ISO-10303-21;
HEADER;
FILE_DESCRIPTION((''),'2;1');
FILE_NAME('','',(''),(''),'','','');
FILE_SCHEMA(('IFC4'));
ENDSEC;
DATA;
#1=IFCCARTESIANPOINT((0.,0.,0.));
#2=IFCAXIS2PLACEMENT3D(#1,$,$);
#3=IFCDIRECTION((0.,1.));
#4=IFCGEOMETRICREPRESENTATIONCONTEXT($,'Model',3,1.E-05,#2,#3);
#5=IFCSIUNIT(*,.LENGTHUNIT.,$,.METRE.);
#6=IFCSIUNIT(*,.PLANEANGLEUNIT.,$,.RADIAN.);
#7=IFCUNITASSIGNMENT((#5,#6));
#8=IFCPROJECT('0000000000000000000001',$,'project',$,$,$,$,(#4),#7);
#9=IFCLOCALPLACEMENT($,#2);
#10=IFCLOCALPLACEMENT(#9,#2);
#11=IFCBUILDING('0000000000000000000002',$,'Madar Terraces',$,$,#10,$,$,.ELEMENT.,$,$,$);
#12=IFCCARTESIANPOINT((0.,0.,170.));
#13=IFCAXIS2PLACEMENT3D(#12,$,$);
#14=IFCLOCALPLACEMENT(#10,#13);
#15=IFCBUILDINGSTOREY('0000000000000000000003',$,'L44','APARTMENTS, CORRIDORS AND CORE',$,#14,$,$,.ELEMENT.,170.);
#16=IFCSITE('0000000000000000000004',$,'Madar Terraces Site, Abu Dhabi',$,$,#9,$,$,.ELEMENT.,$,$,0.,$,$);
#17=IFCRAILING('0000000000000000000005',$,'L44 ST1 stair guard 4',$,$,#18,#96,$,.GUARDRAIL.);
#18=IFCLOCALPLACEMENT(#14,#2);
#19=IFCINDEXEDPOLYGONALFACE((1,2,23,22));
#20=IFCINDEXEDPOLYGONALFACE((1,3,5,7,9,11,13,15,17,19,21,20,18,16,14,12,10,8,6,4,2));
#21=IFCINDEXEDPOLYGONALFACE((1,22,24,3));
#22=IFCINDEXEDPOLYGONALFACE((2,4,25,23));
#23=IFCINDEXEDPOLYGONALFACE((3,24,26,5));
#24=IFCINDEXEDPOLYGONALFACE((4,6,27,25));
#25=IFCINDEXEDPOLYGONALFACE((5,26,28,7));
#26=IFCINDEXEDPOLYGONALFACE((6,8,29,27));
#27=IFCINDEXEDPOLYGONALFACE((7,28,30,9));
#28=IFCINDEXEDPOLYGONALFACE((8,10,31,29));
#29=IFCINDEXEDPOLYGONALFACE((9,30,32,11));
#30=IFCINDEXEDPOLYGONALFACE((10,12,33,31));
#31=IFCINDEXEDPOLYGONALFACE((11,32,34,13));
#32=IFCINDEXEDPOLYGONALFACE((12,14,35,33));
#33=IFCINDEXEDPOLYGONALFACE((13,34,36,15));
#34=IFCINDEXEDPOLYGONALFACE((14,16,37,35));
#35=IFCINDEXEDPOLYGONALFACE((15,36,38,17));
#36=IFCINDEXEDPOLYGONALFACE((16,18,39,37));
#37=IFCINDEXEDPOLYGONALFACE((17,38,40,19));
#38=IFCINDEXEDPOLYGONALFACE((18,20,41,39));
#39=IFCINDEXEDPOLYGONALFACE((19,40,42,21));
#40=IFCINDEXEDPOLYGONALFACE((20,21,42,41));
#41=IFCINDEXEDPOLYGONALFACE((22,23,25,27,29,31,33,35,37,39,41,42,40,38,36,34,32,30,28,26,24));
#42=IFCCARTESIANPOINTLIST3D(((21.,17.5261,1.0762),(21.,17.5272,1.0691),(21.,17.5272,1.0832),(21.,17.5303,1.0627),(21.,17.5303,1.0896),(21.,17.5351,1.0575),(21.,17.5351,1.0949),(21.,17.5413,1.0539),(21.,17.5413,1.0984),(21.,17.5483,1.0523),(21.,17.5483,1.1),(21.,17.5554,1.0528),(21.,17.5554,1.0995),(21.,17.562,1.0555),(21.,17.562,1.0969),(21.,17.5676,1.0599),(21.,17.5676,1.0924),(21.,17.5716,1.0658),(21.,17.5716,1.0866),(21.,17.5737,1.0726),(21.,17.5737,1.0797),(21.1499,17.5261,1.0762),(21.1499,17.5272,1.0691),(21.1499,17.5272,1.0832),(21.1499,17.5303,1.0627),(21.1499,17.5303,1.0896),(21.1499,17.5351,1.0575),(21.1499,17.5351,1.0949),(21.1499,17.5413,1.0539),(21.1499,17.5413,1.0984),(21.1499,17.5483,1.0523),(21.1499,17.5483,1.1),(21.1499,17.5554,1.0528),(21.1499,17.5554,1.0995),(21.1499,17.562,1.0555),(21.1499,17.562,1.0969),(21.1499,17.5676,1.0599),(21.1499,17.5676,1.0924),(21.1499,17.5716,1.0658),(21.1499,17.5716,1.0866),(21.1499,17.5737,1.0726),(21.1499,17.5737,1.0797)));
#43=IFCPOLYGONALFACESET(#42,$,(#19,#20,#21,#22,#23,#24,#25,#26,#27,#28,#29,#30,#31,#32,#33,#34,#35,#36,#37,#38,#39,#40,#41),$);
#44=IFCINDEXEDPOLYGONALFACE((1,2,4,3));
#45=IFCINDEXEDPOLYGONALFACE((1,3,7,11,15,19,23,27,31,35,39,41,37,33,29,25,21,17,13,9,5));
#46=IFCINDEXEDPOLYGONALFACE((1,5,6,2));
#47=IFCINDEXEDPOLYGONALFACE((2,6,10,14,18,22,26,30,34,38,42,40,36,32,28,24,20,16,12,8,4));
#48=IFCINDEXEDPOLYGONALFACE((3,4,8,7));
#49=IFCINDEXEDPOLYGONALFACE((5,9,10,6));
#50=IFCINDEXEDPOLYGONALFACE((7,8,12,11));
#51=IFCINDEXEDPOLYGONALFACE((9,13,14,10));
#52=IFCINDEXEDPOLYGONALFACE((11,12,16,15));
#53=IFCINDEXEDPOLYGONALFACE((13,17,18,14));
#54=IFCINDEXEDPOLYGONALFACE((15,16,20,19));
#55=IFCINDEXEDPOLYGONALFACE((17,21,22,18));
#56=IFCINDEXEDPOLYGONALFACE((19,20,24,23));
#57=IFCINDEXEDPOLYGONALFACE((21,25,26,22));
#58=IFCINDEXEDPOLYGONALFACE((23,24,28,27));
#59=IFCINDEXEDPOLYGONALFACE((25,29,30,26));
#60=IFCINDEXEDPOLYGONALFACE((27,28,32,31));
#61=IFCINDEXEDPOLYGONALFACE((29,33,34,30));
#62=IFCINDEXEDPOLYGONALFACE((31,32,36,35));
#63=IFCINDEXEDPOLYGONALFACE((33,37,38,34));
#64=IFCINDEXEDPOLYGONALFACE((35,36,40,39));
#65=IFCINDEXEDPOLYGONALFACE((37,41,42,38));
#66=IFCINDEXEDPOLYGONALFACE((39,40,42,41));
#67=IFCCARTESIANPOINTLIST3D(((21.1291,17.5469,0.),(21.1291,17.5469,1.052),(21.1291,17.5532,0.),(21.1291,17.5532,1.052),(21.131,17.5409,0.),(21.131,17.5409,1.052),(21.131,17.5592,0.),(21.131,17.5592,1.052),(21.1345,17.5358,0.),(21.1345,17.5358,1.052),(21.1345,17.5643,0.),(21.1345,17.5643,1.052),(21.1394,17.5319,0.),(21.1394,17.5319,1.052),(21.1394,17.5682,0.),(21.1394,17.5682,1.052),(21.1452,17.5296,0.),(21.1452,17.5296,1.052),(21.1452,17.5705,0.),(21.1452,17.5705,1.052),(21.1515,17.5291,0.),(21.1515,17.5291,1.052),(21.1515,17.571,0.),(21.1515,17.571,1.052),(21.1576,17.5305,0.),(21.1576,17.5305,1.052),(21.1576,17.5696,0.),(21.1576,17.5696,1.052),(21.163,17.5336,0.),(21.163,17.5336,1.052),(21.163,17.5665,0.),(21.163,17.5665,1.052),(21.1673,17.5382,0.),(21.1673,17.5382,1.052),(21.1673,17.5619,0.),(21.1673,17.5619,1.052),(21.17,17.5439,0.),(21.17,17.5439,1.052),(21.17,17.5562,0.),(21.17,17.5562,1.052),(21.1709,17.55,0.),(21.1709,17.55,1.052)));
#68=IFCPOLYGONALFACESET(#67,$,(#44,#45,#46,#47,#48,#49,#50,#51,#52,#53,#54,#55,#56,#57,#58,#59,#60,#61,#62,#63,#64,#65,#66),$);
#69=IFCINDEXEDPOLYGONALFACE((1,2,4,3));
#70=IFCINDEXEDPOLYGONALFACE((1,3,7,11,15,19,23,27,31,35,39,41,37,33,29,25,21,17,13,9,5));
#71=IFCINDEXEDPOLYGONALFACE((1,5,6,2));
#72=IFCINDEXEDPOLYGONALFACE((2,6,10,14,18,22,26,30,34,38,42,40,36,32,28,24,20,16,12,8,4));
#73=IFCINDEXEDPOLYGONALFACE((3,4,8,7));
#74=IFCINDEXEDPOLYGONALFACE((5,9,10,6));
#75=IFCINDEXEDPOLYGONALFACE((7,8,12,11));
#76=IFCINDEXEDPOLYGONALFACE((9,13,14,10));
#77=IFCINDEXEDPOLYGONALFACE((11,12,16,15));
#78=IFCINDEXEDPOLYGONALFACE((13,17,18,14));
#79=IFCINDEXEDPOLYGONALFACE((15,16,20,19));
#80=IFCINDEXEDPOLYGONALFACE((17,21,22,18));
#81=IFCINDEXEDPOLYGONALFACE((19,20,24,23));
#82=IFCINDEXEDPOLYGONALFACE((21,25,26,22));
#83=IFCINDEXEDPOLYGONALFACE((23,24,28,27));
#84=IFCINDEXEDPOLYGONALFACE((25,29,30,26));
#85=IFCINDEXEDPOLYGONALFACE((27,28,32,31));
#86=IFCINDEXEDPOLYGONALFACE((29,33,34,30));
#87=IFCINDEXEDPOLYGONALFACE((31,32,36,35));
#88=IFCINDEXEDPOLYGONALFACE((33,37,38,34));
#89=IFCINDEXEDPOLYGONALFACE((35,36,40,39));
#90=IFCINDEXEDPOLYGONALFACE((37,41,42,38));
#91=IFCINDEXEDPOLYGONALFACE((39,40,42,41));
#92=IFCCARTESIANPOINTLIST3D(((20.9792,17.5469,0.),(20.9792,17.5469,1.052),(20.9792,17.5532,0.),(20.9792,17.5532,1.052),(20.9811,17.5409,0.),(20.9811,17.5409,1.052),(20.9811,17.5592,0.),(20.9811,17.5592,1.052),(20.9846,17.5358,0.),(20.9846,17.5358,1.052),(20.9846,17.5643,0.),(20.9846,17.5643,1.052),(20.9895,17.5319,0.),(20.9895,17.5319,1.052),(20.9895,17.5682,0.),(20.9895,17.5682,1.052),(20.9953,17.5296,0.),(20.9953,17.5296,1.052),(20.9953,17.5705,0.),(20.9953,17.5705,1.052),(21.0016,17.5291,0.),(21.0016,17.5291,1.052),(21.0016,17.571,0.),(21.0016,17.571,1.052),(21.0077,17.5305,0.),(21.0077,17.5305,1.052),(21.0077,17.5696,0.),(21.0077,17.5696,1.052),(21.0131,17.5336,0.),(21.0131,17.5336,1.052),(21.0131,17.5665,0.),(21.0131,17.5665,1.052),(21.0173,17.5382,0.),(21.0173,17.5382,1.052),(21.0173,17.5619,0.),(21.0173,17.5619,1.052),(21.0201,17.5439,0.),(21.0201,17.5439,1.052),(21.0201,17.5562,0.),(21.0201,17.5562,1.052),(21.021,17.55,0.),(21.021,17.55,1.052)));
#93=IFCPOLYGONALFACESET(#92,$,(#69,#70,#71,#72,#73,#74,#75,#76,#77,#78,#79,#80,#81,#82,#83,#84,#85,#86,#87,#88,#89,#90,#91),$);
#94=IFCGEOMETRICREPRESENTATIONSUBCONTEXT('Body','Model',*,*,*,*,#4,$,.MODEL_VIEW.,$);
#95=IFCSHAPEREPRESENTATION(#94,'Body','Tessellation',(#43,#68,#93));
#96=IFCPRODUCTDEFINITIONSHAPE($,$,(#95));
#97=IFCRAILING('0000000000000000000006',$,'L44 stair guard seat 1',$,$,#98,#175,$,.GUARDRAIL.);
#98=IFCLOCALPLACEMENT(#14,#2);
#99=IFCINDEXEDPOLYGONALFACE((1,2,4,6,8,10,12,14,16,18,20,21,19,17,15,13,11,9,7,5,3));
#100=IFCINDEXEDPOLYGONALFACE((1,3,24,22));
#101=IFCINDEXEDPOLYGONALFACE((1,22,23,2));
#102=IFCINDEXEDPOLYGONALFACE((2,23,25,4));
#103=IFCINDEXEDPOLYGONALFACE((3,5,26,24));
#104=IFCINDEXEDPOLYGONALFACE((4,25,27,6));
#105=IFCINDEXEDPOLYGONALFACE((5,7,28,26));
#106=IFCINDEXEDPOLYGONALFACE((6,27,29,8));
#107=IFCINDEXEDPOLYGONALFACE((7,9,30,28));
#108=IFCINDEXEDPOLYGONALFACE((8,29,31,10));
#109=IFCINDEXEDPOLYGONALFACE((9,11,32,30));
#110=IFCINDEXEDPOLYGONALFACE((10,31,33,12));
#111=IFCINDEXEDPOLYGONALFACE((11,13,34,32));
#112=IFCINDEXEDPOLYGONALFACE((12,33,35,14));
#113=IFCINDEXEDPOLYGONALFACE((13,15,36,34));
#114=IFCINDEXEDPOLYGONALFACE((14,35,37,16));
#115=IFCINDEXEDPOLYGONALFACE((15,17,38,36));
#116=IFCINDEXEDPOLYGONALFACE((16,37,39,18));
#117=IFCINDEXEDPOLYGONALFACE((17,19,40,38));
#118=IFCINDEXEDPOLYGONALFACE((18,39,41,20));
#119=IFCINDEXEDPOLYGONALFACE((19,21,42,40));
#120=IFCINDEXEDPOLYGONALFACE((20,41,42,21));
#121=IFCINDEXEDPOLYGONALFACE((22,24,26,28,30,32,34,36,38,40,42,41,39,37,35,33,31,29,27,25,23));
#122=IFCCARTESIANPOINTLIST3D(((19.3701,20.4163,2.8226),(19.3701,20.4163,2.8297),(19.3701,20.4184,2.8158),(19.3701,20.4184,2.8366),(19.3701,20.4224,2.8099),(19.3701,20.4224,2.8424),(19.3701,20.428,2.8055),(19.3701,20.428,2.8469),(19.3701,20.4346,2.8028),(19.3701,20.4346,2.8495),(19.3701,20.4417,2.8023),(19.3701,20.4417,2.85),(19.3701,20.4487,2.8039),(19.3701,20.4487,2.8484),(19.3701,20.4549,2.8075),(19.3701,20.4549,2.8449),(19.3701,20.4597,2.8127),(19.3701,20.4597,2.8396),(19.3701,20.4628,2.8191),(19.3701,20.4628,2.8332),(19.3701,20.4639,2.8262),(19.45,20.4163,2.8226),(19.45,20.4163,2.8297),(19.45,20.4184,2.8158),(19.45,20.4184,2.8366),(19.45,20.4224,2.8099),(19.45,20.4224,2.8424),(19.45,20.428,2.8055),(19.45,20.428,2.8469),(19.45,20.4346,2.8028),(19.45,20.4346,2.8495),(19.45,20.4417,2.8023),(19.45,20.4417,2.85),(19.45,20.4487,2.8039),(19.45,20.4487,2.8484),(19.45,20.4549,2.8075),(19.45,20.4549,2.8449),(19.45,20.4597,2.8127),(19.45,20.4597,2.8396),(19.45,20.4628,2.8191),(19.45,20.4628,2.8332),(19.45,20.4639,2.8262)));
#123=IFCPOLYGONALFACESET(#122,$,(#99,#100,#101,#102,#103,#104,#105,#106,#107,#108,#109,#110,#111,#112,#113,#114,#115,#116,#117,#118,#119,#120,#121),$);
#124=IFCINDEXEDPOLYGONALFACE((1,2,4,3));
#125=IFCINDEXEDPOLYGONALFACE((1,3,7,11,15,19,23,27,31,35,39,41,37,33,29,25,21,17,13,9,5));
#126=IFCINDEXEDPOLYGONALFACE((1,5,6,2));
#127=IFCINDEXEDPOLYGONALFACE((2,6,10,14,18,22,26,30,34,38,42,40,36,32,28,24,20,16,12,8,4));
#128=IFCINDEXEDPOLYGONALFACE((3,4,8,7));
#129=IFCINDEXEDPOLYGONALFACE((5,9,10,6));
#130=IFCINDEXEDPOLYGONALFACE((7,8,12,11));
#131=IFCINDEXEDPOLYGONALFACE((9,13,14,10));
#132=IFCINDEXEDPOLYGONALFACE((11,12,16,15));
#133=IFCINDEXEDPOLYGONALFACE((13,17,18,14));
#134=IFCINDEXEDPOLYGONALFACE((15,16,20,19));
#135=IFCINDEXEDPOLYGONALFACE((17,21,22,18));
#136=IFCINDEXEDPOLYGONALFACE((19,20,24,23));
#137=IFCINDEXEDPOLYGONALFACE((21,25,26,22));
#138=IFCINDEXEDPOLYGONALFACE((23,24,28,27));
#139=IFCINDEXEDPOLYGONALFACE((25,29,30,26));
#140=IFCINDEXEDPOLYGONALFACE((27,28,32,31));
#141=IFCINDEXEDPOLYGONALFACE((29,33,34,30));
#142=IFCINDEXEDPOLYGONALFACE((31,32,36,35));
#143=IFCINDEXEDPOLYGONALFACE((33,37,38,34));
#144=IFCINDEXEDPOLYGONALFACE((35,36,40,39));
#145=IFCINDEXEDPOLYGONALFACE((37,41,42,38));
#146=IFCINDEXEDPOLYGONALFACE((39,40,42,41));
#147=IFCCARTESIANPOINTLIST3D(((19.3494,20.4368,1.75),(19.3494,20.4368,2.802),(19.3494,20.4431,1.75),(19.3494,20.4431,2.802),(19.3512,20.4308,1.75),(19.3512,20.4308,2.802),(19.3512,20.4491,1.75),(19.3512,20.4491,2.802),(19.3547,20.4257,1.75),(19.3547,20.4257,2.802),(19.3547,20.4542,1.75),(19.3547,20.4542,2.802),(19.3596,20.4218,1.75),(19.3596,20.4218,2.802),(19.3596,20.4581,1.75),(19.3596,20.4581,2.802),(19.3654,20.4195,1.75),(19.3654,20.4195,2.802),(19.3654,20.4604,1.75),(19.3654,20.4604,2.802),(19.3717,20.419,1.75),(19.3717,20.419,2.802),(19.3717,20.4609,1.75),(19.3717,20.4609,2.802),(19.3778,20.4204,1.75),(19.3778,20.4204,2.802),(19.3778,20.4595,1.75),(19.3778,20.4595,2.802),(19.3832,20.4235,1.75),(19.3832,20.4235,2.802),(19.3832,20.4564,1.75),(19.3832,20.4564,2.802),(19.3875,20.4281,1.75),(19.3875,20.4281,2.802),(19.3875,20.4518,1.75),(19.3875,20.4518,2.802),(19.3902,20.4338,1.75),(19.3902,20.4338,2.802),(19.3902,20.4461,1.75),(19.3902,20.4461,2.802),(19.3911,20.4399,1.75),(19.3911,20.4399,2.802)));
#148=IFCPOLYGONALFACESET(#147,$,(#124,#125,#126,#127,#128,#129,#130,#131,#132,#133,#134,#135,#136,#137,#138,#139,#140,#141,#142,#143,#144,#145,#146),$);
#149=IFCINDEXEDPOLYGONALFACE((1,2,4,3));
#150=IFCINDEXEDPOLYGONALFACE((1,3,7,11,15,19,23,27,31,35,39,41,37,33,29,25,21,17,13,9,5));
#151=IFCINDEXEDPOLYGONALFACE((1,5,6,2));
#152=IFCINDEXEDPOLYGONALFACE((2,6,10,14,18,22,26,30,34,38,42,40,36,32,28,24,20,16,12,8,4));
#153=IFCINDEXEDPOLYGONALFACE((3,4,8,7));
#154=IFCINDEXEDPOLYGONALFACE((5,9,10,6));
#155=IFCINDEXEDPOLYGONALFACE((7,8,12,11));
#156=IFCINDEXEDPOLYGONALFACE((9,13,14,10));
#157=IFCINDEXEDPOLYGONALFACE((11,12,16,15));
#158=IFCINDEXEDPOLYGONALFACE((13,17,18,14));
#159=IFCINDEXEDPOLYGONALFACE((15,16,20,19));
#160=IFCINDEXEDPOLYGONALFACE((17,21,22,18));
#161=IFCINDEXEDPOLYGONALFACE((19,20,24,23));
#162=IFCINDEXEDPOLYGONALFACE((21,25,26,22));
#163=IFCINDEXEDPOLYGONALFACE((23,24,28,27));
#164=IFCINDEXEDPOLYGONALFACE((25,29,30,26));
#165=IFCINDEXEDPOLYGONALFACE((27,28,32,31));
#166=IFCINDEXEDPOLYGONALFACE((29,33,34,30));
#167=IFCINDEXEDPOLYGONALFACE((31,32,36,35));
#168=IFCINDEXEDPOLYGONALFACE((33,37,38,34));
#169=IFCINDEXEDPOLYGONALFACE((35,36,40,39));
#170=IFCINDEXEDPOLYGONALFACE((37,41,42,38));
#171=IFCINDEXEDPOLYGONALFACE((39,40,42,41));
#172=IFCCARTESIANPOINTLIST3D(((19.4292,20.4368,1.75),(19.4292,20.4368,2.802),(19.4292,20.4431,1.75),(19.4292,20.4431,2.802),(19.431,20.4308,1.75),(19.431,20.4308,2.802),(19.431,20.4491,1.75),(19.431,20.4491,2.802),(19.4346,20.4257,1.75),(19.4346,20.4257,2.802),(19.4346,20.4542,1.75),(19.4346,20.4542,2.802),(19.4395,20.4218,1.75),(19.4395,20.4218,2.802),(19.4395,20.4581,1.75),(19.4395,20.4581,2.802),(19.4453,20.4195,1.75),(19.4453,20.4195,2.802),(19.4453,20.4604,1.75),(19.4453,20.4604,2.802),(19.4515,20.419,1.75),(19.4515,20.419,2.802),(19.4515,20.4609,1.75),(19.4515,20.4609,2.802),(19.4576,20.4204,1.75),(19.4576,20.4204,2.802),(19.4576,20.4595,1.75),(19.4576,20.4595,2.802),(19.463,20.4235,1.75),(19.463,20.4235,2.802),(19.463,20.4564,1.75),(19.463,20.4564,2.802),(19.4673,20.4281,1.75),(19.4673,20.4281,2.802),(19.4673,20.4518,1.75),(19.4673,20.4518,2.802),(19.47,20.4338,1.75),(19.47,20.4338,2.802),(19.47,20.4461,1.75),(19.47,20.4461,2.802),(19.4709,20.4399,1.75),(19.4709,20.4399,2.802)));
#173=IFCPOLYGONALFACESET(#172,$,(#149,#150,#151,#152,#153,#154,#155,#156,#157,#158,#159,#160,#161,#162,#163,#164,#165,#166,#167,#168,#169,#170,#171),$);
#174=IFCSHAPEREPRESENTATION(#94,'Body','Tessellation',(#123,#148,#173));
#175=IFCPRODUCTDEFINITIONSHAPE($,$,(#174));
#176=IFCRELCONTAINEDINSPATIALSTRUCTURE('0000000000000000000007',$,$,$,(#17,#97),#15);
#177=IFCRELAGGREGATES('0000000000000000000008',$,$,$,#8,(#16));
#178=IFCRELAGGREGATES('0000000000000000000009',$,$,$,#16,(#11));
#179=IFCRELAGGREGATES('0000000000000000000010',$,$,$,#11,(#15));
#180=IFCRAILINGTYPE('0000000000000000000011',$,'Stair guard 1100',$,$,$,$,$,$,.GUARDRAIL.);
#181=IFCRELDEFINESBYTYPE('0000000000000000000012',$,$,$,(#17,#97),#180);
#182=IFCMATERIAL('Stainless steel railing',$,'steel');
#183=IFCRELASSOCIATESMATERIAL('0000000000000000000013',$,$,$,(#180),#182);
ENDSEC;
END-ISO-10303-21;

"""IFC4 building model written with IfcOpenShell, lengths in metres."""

from ifc_helpers import new_model, si_unit, direction, frame, origin, origin_2d, place, context, subcontext, project, spatial, circle, extrude, material, type_object, element, save


model = new_model("IFC4")

# Units and contexts
model_context = context("Model", 3, precision=1e-05, world=origin(), true_north=direction((0.0, 1.0)))
body_context = subcontext(model_context, "Body", "Model", "MODEL_VIEW")
ifc_project = project(units=[si_unit("LENGTHUNIT", "METRE"), si_unit("PLANEANGLEUNIT", "RADIAN")], contexts=[model_context])

# Site, building, storey
site_placement = place(None, origin())
site = spatial("IfcSite", under=ifc_project, at=site_placement, Name="Madar Terraces Site, Abu Dhabi", CompositionType="ELEMENT", RefElevation=0.0)
building_placement = place(site_placement, origin())
building = spatial("IfcBuilding", under=site, at=building_placement, Name="Madar Terraces", CompositionType="ELEMENT")
storey_placement = place(building_placement, frame((0.0, 0.0, 170.0)))
storey = spatial("IfcBuildingStorey", under=building, at=storey_placement, Name="L44", Description="APARTMENTS, CORRIDORS AND CORE", CompositionType="ELEMENT", Elevation=170.0)

# Railings
ifc_material_1 = material(Name="Stainless steel railing", Category="steel")
railing_type_1 = type_object("IfcRailingType", Name="Stair guard 1100", PredefinedType="GUARDRAIL", material=ifc_material_1)
railing_1_placement = place(storey_placement, frame((21.1499, 17.55, 0.0)))
element("IfcRailing", 1, at=railing_1_placement, inside=storey, type_object=railing_type_1, Name="L44 ST1 stair guard 4", PredefinedType="GUARDRAIL", context=body_context, shape_type="SweptSolid", body=[
    extrude(circle(Radius=0.0239, at=origin_2d()), frame((0.0, 0.0, 1.0762), z_axis=(-1.0, 0.0, 0.0), x_axis=(0.0, -1.0, 0.0)), (0.0, 0.0, 1.0), 0.1499),
    extrude(circle(Radius=0.021, at=origin_2d()), origin(), (0.0, 0.0, 1.0), 1.052),
    extrude(circle(Radius=0.021, at=origin_2d()), frame((-0.1499, 0.0, 0.0)), (0.0, 0.0, 1.0), 1.052),
])
for number, where, name in (
    (2, (19.3701, 20.4399, 1.75), "L44 stair guard seat 1"),
):
    element("IfcRailing", number, at=place(storey_placement, frame(where)), inside=storey, type_object=railing_type_1, Name=name, PredefinedType="GUARDRAIL", context=body_context, shape_type="SweptSolid", body=[
        extrude(circle(Radius=0.0239, at=origin_2d()), frame((0.0, 0.0, 1.0762), z_axis=(1.0, 0.0, 0.0), x_axis=(0.0, 1.0, 0.0)), (0.0, 0.0, 1.0), 0.0798),
        extrude(circle(Radius=0.021, at=origin_2d()), origin(), (0.0, 0.0, 1.0), 1.052),
        extrude(circle(Radius=0.021, at=origin_2d()), frame((0.0798, 0.0, 0.0)), (0.0, 0.0, 1.0), 1.052),
    ])

save(model, "model.ifc")
